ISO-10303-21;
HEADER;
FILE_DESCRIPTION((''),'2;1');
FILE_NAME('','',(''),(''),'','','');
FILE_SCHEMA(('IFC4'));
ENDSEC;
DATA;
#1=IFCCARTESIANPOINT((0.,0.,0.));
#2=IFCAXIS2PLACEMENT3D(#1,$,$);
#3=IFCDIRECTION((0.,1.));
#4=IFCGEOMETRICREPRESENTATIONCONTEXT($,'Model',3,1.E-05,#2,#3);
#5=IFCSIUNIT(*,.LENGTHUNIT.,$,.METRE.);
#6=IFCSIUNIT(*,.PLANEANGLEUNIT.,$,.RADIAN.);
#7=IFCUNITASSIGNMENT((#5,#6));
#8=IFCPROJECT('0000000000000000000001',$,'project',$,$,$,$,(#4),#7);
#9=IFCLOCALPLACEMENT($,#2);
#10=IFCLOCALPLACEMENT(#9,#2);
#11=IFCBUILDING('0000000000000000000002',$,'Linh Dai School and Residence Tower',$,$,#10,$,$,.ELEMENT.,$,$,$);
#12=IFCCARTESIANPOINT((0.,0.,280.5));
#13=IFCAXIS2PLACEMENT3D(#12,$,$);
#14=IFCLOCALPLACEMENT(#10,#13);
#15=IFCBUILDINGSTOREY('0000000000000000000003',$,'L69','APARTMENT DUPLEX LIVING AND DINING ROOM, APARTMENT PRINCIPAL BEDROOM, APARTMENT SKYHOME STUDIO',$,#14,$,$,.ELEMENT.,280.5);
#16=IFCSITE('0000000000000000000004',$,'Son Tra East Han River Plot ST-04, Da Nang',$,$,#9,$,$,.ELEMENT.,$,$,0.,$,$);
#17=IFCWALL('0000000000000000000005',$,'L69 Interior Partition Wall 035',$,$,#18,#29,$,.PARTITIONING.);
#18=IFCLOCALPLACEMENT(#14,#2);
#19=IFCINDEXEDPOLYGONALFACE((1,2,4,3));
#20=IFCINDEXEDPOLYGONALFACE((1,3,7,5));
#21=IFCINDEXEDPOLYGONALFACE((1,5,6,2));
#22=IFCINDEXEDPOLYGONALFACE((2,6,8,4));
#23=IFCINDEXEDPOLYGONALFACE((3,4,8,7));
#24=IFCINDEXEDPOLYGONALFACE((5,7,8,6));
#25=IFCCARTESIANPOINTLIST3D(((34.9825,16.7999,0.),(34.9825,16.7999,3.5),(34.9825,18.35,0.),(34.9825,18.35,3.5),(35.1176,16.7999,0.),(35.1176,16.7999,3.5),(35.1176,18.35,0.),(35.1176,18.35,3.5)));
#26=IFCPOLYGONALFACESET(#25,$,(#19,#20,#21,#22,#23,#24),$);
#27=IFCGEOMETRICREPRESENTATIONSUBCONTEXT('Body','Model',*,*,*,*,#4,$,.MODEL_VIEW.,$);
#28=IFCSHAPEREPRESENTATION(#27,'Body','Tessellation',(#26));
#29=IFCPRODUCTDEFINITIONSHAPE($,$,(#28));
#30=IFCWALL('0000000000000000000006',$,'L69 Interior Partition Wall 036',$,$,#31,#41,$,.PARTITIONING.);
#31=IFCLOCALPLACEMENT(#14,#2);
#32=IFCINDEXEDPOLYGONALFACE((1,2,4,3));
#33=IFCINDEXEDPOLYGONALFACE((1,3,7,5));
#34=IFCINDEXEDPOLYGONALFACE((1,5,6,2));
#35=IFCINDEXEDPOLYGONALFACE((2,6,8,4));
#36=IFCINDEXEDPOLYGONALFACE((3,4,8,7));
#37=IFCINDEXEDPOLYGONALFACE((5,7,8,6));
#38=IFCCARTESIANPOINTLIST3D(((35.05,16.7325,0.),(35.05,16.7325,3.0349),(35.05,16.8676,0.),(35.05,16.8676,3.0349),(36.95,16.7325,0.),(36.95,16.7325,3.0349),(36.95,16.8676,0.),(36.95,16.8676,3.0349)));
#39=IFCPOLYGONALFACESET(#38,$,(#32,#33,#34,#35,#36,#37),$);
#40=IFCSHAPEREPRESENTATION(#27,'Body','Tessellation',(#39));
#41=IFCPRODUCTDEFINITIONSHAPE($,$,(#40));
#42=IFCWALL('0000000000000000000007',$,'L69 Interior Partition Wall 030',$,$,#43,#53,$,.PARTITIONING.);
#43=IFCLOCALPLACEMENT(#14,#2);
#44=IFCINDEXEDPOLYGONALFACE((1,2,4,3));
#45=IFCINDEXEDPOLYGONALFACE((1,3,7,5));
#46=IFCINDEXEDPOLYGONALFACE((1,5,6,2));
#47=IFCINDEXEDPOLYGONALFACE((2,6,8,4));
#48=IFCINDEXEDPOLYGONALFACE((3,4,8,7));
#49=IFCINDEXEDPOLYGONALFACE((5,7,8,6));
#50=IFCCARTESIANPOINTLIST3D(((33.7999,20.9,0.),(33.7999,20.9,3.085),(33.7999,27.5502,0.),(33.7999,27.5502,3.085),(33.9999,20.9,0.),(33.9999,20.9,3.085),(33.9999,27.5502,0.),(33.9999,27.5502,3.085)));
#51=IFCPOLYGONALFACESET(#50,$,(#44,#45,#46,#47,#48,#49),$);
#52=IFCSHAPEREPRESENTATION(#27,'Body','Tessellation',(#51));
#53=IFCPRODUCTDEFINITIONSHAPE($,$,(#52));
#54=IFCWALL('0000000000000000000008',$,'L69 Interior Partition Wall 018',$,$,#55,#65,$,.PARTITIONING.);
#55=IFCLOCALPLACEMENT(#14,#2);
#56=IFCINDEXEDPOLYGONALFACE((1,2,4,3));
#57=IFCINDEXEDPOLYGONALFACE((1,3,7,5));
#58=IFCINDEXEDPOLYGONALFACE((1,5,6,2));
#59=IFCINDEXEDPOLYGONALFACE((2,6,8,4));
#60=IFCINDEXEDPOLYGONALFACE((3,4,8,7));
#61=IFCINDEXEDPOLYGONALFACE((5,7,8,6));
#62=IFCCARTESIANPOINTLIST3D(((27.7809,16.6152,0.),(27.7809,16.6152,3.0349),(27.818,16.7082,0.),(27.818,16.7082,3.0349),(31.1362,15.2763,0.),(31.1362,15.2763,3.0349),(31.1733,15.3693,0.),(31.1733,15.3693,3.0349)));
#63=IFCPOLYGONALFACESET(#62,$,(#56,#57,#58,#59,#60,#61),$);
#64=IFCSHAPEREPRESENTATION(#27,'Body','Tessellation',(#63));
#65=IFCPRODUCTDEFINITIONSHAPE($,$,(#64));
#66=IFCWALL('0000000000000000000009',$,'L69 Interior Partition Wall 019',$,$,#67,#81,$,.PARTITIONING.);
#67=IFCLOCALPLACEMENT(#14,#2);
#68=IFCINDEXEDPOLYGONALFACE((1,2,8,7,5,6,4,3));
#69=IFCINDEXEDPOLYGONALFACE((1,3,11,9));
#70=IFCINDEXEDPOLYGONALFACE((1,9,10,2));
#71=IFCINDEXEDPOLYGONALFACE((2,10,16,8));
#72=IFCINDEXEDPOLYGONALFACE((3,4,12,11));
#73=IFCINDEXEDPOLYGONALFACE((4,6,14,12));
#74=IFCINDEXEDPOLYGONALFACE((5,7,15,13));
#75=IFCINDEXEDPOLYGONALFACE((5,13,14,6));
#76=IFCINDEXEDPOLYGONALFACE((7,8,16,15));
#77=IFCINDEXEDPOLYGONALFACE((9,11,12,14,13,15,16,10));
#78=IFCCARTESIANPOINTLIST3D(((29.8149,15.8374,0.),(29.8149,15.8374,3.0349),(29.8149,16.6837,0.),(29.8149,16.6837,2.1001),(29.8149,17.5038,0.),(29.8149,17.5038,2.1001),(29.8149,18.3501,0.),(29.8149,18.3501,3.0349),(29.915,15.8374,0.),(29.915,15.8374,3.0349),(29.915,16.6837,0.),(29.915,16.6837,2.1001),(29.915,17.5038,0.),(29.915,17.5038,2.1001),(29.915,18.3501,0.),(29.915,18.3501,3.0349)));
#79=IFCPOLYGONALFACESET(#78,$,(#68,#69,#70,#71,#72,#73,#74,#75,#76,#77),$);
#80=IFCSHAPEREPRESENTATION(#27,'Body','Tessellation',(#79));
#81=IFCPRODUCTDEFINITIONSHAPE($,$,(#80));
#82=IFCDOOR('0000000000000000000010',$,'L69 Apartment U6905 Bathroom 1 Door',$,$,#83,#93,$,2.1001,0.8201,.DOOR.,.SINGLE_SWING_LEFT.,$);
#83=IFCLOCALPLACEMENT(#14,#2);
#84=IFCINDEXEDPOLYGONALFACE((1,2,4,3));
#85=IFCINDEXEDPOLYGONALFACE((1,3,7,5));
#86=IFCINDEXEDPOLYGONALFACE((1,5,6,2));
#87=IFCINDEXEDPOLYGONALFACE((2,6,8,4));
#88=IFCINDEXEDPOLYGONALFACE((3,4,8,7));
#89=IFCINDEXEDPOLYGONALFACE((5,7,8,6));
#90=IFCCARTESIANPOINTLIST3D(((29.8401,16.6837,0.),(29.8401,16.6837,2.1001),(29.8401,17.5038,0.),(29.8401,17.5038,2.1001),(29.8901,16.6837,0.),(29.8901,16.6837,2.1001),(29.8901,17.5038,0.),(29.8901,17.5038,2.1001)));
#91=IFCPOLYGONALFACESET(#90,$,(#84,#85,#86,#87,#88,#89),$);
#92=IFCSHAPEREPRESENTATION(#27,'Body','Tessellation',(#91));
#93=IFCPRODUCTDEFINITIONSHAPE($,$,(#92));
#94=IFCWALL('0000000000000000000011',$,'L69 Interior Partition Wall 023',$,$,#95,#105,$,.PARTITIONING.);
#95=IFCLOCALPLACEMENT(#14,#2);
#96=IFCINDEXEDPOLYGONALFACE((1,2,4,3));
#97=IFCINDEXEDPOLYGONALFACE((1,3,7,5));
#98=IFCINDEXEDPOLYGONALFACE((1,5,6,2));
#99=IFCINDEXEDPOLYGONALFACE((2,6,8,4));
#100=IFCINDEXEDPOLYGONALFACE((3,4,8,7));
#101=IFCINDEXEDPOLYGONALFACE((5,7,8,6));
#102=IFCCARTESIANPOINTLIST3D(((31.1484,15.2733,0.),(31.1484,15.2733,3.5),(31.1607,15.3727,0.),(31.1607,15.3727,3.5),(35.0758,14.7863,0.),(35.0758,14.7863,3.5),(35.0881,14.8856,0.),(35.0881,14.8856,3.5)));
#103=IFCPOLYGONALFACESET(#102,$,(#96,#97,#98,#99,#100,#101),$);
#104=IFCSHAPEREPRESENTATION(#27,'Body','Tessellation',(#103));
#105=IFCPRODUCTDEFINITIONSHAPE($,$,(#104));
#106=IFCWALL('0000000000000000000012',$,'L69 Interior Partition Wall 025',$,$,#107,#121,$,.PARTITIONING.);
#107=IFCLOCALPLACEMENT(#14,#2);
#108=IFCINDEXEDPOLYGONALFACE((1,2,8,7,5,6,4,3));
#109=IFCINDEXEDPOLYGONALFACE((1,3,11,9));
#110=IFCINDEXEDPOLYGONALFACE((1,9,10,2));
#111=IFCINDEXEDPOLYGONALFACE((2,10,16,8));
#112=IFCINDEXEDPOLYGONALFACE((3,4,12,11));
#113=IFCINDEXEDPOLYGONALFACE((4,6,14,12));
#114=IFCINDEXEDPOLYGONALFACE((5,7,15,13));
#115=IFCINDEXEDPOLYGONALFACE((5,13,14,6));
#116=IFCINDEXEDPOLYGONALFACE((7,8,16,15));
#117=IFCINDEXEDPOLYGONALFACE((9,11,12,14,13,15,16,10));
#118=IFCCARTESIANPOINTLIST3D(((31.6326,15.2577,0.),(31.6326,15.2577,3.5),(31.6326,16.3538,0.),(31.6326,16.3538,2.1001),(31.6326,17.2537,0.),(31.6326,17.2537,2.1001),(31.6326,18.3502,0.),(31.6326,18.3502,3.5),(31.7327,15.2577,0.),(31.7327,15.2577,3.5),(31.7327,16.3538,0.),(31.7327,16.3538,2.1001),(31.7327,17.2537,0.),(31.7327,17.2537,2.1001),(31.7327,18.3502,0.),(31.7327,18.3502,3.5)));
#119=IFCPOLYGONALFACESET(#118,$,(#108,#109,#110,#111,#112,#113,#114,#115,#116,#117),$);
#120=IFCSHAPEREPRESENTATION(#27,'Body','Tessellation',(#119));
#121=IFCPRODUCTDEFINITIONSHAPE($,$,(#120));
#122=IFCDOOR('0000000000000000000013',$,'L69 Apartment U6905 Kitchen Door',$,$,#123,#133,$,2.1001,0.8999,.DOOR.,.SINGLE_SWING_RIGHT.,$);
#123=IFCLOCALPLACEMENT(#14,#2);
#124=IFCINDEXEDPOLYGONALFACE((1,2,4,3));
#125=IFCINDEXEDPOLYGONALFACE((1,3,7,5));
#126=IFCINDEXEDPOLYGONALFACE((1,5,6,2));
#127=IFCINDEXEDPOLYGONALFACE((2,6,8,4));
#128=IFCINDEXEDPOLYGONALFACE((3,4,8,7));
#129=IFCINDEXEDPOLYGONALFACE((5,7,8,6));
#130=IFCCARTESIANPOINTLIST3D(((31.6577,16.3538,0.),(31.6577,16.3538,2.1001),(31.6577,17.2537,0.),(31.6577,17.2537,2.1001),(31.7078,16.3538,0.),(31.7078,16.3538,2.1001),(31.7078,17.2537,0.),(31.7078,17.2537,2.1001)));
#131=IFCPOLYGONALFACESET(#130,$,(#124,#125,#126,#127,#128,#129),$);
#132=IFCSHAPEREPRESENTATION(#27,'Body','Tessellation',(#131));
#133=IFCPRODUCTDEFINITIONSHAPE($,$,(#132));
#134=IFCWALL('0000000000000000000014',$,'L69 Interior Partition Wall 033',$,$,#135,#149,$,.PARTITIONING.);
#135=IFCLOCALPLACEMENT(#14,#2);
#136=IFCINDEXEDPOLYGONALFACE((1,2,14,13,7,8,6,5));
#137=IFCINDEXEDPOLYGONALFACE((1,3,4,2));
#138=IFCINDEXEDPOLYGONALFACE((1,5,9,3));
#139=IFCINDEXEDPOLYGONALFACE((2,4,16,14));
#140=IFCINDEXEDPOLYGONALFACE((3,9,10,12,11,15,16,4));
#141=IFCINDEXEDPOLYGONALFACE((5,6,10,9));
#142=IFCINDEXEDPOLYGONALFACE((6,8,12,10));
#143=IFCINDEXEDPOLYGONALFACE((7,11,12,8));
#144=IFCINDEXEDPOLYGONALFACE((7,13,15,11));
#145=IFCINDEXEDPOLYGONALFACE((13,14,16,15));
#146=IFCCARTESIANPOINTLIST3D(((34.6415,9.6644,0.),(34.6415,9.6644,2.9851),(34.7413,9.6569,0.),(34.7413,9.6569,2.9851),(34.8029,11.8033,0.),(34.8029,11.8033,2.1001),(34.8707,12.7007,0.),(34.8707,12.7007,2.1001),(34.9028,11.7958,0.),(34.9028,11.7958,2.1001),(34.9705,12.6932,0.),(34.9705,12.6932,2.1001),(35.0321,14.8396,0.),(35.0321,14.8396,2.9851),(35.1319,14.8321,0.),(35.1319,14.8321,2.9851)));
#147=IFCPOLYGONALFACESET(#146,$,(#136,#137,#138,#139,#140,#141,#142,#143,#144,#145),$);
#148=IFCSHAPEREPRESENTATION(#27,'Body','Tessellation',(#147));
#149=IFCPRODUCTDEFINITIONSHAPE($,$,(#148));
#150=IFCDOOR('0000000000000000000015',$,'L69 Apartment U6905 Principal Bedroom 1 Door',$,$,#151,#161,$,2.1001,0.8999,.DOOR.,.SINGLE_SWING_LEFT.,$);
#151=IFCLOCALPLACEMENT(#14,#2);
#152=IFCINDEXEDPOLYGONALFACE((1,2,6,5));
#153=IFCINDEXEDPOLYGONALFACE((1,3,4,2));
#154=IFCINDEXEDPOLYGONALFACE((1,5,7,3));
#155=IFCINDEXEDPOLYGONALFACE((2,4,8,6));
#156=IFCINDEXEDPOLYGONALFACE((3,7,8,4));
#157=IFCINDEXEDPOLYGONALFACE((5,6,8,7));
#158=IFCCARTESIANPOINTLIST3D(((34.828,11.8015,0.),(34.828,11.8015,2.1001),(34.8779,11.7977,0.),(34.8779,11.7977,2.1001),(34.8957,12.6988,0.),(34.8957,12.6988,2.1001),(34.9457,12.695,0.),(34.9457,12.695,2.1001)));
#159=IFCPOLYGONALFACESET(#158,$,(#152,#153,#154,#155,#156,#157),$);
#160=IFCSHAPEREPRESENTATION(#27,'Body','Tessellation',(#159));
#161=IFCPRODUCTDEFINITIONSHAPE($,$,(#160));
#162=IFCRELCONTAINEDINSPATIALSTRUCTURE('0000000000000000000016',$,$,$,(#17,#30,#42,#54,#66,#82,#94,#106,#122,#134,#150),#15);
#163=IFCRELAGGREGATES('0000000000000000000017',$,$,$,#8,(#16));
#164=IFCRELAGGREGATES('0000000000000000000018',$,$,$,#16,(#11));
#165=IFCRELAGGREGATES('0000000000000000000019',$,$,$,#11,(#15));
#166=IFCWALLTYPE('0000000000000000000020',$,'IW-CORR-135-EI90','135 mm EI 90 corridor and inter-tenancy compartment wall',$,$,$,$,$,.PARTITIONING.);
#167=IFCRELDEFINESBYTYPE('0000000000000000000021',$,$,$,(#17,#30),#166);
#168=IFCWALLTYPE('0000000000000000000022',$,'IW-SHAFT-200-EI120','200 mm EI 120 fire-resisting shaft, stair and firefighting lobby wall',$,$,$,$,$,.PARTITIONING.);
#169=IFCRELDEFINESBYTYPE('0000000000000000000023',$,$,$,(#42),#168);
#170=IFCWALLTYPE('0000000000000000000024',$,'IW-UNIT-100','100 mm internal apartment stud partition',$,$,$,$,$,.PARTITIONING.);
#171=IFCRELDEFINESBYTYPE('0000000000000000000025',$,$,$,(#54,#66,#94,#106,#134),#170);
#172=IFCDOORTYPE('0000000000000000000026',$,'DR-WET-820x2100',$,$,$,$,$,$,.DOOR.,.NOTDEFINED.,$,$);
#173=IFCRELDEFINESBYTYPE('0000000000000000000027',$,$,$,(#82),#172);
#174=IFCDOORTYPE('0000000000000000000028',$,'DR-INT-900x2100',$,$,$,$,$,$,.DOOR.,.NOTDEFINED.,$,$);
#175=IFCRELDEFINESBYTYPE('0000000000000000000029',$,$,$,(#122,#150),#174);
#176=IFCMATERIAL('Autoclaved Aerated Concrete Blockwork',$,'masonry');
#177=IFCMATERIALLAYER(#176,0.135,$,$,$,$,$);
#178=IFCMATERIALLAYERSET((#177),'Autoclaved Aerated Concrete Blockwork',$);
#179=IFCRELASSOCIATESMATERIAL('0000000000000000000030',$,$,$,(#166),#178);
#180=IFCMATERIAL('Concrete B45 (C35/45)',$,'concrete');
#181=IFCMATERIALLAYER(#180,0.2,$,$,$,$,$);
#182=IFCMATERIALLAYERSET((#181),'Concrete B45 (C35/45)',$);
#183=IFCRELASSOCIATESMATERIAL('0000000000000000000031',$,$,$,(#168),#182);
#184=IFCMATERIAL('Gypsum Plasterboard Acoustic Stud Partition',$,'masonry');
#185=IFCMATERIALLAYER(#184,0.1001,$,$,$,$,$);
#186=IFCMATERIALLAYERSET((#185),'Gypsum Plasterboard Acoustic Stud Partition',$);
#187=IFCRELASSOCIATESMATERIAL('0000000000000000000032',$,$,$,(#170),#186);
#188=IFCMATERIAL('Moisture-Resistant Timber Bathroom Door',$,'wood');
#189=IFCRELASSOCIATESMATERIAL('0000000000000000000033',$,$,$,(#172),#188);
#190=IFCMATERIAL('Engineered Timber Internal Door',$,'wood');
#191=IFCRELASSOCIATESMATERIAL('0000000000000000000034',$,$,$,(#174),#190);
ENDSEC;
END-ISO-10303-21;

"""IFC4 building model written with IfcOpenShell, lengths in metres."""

from ifc_helpers import new_model, si_unit, direction, frame, frame_2d, origin, origin_2d, place, context, subcontext, project, spatial, rectangle, extrude, source, transform, mapped, material, layer, layer_set, type_object, element, fill, save


model = new_model("IFC4")

# Units and contexts
model_context = context("Model", 3, precision=1e-05, world=origin(), true_north=direction((0.0, 1.0)))
body_context = subcontext(model_context, "Body", "Model", "MODEL_VIEW")
ifc_project = project(units=[si_unit("LENGTHUNIT", "METRE"), si_unit("PLANEANGLEUNIT", "RADIAN")], contexts=[model_context])

# Site, building, storey
site_placement = place(None, origin())
site = spatial("IfcSite", under=ifc_project, at=site_placement, Name="Son Tra East Han River Plot ST-04, Da Nang", CompositionType="ELEMENT", RefElevation=0.0)
building_placement = place(site_placement, origin())
building = spatial("IfcBuilding", under=site, at=building_placement, Name="Linh Dai School and Residence Tower", CompositionType="ELEMENT")
storey_placement = place(building_placement, frame((0.0, 0.0, 280.5)))
storey = spatial("IfcBuildingStorey", under=building, at=storey_placement, Name="L69", Description="APARTMENT DUPLEX LIVING AND DINING ROOM, APARTMENT PRINCIPAL BEDROOM, APARTMENT SKYHOME STUDIO", CompositionType="ELEMENT", Elevation=280.5)

# Walls
ifc_material_1 = material(Name="Autoclaved Aerated Concrete Blockwork", Category="masonry")
ifc_layer_1 = layer(ifc_material_1, 0.135)
ifc_layer_set_1 = layer_set([ifc_layer_1], Name="Autoclaved Aerated Concrete Blockwork")
wall_type_1 = type_object("IfcWallType", Name="IW-CORR-135-EI90", Description="135 mm EI 90 corridor and inter-tenancy compartment wall", PredefinedType="PARTITIONING", material=ifc_layer_set_1)
wall_1_placement = place(storey_placement, frame((35.05, 16.8, 0.0), z_axis=(0.0, 0.0, 1.0), x_axis=(0.0, 1.0, 0.0)))
element("IfcWall", 1, at=wall_1_placement, inside=storey, type_object=wall_type_1, Name="L69 Interior Partition Wall 035", PredefinedType="PARTITIONING", context=body_context, shape_type="SweptSolid", body=[
    extrude(rectangle(XDim=1.55, YDim=0.135, at=frame_2d((0.7749, 0.0))), origin(), (0.0, 0.0, 1.0), 3.5),
])
wall_2_placement = place(storey_placement, frame((35.05, 16.8, 0.0), z_axis=(0.0, 0.0, 1.0), x_axis=(1.0, 0.0, 0.0)))
element("IfcWall", 2, at=wall_2_placement, inside=storey, type_object=wall_type_1, Name="L69 Interior Partition Wall 036", PredefinedType="PARTITIONING", context=body_context, shape_type="SweptSolid", body=[
    extrude(rectangle(XDim=1.8999, YDim=0.135, at=frame_2d((0.95, 0.0))), origin(), (0.0, 0.0, 1.0), 3.0349),
])

# Walls
ifc_material_2 = material(Name="Concrete B45 (C35/45)", Category="concrete")
ifc_layer_2 = layer(ifc_material_2, 0.2)
ifc_layer_set_2 = layer_set([ifc_layer_2], Name="Concrete B45 (C35/45)")
wall_type_2 = type_object("IfcWallType", Name="IW-SHAFT-200-EI120", Description="200 mm EI 120 fire-resisting shaft, stair and firefighting lobby wall", PredefinedType="PARTITIONING", material=ifc_layer_set_2)
wall_3_placement = place(storey_placement, frame((33.8999, 20.8999, 0.0), z_axis=(0.0, 0.0, 1.0), x_axis=(0.0, 1.0, 0.0)))
element("IfcWall", 3, at=wall_3_placement, inside=storey, type_object=wall_type_2, Name="L69 Interior Partition Wall 030", PredefinedType="PARTITIONING", context=body_context, shape_type="SweptSolid", body=[
    extrude(rectangle(XDim=6.6501, YDim=0.2, at=frame_2d((3.3252, 0.0))), origin(), (0.0, 0.0, 1.0), 3.085),
])
ifc_material_3 = material(Name="Gypsum Plasterboard Acoustic Stud Partition", Category="masonry")
ifc_layer_3 = layer(ifc_material_3, 0.1001)
ifc_layer_set_3 = layer_set([ifc_layer_3], Name="Gypsum Plasterboard Acoustic Stud Partition")
wall_type_3 = type_object("IfcWallType", Name="IW-UNIT-100", Description="100 mm internal apartment stud partition", PredefinedType="PARTITIONING", material=ifc_layer_set_3)
wall_4_placement = place(storey_placement, frame((27.7996, 16.6616, 0.0), z_axis=(0.0, 0.0, 1.0), x_axis=(0.928784, -0.370622, 0.0)))
element("IfcWall", 4, at=wall_4_placement, inside=storey, type_object=wall_type_3, Name="L69 Interior Partition Wall 018", PredefinedType="PARTITIONING", context=body_context, shape_type="SweptSolid", body=[
    extrude(rectangle(XDim=3.6125, YDim=0.1001, at=frame_2d((1.8062, 0.0))), origin(), (0.0, 0.0, 1.0), 3.0349),
])

# Wall, opening, door
wall_5_placement = place(storey_placement, frame((29.865, 15.8374, 0.0), z_axis=(0.0, 0.0, 1.0), x_axis=(0.0, 1.0, 0.0)))
wall_5 = element("IfcWall", 5, at=wall_5_placement, inside=storey, type_object=wall_type_3, Name="L69 Interior Partition Wall 019", PredefinedType="PARTITIONING", context=body_context, shape_type="SweptSolid", body=[
    extrude(rectangle(XDim=2.5127, YDim=0.1001, at=frame_2d((1.2563, 0.0))), origin(), (0.0, 0.0, 1.0), 3.0349),
])
opening_1_placement = place(wall_5_placement, frame((0.8462, 0.0, 0.0)))
opening_1 = element("IfcOpeningElement", 6, at=opening_1_placement, cuts=wall_5, PredefinedType="OPENING", context=body_context, shape_type="SweptSolid", body=[
    extrude(rectangle(XDim=0.8201, YDim=2.1001, at=origin_2d()), frame((0.4102, 0.0601, 1.05), z_axis=(0.0, -1.0, 0.0), x_axis=(1.0, 0.0, 0.0)), (0.0, 0.0, 1.0), 0.1201),
])
ifc_material_4 = material(Name="Moisture-Resistant Timber Bathroom Door", Category="wood")
door_type_1 = type_object("IfcDoorType", Name="DR-WET-820x2100", OperationType="NOTDEFINED", PredefinedType="DOOR", material=ifc_material_4)
shared_shape_1 = source(origin(), body_context, "Body", "SweptSolid", [
    extrude(rectangle(XDim=0.8201, YDim=2.1001, at=origin_2d()), frame((0.4102, 0.0249, 1.05), z_axis=(0.0, -1.0, 0.0), x_axis=(1.0, 0.0, 0.0)), (0.0, 0.0, 1.0), 0.05),
])
door_1_placement = place(opening_1_placement, origin())
door_1 = element("IfcDoor", 7, at=door_1_placement, inside=storey, type_object=door_type_1, Name="L69 Apartment U6905 Bathroom 1 Door", OperationType="SINGLE_SWING_LEFT", OverallHeight=2.1001, OverallWidth=0.8201, PredefinedType="DOOR", context=body_context, shape_type="MappedRepresentation", body=[
    mapped(shared_shape_1, transform((0.0, 0.0, 0.0), x_axis=(1.0, 0.0, 0.0), y_axis=(0.0, 1.0, 0.0), z_axis=(0.0, 0.0, 1.0), scale=1.0)),
])
fill(opening_1, door_1)

# Wall
wall_6_placement = place(storey_placement, frame((31.1545, 15.323, 0.0), z_axis=(0.0, 0.0, 1.0), x_axis=(0.992398, -0.12307, 0.0)))
element("IfcWall", 8, at=wall_6_placement, inside=storey, type_object=wall_type_3, Name="L69 Interior Partition Wall 023", PredefinedType="PARTITIONING", context=body_context, shape_type="SweptSolid", body=[
    extrude(rectangle(XDim=3.9575, YDim=0.1001, at=frame_2d((1.9788, 0.0))), origin(), (0.0, 0.0, 1.0), 3.5),
])

# Walls, openings, doors
wall_7_placement = place(storey_placement, frame((31.6826, 15.2576, 0.0), z_axis=(0.0, 0.0, 1.0), x_axis=(0.0, 1.0, 0.0)))
wall_7 = element("IfcWall", 9, at=wall_7_placement, inside=storey, type_object=wall_type_3, Name="L69 Interior Partition Wall 025", PredefinedType="PARTITIONING", context=body_context, shape_type="SweptSolid", body=[
    extrude(rectangle(XDim=3.0925, YDim=0.1001, at=frame_2d((1.5464, 0.0))), origin(), (0.0, 0.0, 1.0), 3.5),
])
opening_2_placement = place(wall_7_placement, frame((1.0962, 0.0, 0.0)))
opening_2 = element("IfcOpeningElement", 10, at=opening_2_placement, cuts=wall_7, PredefinedType="OPENING", context=body_context, shape_type="SweptSolid", body=[
    extrude(rectangle(XDim=0.8999, YDim=2.1001, at=origin_2d()), frame((0.45, 0.0601, 1.05), z_axis=(0.0, -1.0, 0.0), x_axis=(1.0, 0.0, 0.0)), (0.0, 0.0, 1.0), 0.1201),
])
ifc_material_5 = material(Name="Engineered Timber Internal Door", Category="wood")
door_type_2 = type_object("IfcDoorType", Name="DR-INT-900x2100", OperationType="NOTDEFINED", PredefinedType="DOOR", material=ifc_material_5)
shared_shape_2 = source(origin(), body_context, "Body", "SweptSolid", [
    extrude(rectangle(XDim=0.8999, YDim=2.1001, at=origin_2d()), frame((0.45, 0.0249, 1.05), z_axis=(0.0, -1.0, 0.0), x_axis=(1.0, 0.0, 0.0)), (0.0, 0.0, 1.0), 0.05),
])
door_2_placement = place(opening_2_placement, origin())
door_2 = element("IfcDoor", 11, at=door_2_placement, inside=storey, type_object=door_type_2, Name="L69 Apartment U6905 Kitchen Door", OperationType="SINGLE_SWING_RIGHT", OverallHeight=2.1001, OverallWidth=0.8999, PredefinedType="DOOR", context=body_context, shape_type="MappedRepresentation", body=[
    mapped(shared_shape_2, transform((0.0, 0.0, 0.0), x_axis=(1.0, 0.0, 0.0), y_axis=(0.0, 1.0, 0.0), z_axis=(0.0, 0.0, 1.0), scale=1.0)),
])
fill(opening_2, door_2)
wall_8_placement = place(storey_placement, frame((34.6914, 9.6606, 0.0), z_axis=(0.0, 0.0, 1.0), x_axis=(0.075265, 0.997164, 0.0)))
wall_8 = element("IfcWall", 12, at=wall_8_placement, inside=storey, type_object=wall_type_3, Name="L69 Interior Partition Wall 033", PredefinedType="PARTITIONING", context=body_context, shape_type="SweptSolid", body=[
    extrude(rectangle(XDim=5.1899, YDim=0.1001, at=frame_2d((2.595, 0.0))), origin(), (0.0, 0.0, 1.0), 2.9851),
])
opening_3_placement = place(wall_8_placement, frame((2.145, 0.0, 0.0)))
opening_3 = element("IfcOpeningElement", 13, at=opening_3_placement, cuts=wall_8, PredefinedType="OPENING", context=body_context, shape_type="SweptSolid", body=[
    extrude(rectangle(XDim=0.8999, YDim=2.1001, at=origin_2d()), frame((0.45, 0.0601, 1.05), z_axis=(0.0, -1.0, 0.0), x_axis=(1.0, 0.0, 0.0)), (0.0, 0.0, 1.0), 0.1201),
])
door_3_placement = place(opening_3_placement, origin())
door_3 = element("IfcDoor", 14, at=door_3_placement, inside=storey, type_object=door_type_2, Name="L69 Apartment U6905 Principal Bedroom 1 Door", OperationType="SINGLE_SWING_LEFT", OverallHeight=2.1001, OverallWidth=0.8999, PredefinedType="DOOR", context=body_context, shape_type="MappedRepresentation", body=[
    mapped(shared_shape_2, transform((0.0, 0.0, 0.0), x_axis=(1.0, 0.0, 0.0), y_axis=(0.0, 1.0, 0.0), z_axis=(0.0, 0.0, 1.0), scale=1.0)),
])
fill(opening_3, door_3)

save(model, "model.ifc")
